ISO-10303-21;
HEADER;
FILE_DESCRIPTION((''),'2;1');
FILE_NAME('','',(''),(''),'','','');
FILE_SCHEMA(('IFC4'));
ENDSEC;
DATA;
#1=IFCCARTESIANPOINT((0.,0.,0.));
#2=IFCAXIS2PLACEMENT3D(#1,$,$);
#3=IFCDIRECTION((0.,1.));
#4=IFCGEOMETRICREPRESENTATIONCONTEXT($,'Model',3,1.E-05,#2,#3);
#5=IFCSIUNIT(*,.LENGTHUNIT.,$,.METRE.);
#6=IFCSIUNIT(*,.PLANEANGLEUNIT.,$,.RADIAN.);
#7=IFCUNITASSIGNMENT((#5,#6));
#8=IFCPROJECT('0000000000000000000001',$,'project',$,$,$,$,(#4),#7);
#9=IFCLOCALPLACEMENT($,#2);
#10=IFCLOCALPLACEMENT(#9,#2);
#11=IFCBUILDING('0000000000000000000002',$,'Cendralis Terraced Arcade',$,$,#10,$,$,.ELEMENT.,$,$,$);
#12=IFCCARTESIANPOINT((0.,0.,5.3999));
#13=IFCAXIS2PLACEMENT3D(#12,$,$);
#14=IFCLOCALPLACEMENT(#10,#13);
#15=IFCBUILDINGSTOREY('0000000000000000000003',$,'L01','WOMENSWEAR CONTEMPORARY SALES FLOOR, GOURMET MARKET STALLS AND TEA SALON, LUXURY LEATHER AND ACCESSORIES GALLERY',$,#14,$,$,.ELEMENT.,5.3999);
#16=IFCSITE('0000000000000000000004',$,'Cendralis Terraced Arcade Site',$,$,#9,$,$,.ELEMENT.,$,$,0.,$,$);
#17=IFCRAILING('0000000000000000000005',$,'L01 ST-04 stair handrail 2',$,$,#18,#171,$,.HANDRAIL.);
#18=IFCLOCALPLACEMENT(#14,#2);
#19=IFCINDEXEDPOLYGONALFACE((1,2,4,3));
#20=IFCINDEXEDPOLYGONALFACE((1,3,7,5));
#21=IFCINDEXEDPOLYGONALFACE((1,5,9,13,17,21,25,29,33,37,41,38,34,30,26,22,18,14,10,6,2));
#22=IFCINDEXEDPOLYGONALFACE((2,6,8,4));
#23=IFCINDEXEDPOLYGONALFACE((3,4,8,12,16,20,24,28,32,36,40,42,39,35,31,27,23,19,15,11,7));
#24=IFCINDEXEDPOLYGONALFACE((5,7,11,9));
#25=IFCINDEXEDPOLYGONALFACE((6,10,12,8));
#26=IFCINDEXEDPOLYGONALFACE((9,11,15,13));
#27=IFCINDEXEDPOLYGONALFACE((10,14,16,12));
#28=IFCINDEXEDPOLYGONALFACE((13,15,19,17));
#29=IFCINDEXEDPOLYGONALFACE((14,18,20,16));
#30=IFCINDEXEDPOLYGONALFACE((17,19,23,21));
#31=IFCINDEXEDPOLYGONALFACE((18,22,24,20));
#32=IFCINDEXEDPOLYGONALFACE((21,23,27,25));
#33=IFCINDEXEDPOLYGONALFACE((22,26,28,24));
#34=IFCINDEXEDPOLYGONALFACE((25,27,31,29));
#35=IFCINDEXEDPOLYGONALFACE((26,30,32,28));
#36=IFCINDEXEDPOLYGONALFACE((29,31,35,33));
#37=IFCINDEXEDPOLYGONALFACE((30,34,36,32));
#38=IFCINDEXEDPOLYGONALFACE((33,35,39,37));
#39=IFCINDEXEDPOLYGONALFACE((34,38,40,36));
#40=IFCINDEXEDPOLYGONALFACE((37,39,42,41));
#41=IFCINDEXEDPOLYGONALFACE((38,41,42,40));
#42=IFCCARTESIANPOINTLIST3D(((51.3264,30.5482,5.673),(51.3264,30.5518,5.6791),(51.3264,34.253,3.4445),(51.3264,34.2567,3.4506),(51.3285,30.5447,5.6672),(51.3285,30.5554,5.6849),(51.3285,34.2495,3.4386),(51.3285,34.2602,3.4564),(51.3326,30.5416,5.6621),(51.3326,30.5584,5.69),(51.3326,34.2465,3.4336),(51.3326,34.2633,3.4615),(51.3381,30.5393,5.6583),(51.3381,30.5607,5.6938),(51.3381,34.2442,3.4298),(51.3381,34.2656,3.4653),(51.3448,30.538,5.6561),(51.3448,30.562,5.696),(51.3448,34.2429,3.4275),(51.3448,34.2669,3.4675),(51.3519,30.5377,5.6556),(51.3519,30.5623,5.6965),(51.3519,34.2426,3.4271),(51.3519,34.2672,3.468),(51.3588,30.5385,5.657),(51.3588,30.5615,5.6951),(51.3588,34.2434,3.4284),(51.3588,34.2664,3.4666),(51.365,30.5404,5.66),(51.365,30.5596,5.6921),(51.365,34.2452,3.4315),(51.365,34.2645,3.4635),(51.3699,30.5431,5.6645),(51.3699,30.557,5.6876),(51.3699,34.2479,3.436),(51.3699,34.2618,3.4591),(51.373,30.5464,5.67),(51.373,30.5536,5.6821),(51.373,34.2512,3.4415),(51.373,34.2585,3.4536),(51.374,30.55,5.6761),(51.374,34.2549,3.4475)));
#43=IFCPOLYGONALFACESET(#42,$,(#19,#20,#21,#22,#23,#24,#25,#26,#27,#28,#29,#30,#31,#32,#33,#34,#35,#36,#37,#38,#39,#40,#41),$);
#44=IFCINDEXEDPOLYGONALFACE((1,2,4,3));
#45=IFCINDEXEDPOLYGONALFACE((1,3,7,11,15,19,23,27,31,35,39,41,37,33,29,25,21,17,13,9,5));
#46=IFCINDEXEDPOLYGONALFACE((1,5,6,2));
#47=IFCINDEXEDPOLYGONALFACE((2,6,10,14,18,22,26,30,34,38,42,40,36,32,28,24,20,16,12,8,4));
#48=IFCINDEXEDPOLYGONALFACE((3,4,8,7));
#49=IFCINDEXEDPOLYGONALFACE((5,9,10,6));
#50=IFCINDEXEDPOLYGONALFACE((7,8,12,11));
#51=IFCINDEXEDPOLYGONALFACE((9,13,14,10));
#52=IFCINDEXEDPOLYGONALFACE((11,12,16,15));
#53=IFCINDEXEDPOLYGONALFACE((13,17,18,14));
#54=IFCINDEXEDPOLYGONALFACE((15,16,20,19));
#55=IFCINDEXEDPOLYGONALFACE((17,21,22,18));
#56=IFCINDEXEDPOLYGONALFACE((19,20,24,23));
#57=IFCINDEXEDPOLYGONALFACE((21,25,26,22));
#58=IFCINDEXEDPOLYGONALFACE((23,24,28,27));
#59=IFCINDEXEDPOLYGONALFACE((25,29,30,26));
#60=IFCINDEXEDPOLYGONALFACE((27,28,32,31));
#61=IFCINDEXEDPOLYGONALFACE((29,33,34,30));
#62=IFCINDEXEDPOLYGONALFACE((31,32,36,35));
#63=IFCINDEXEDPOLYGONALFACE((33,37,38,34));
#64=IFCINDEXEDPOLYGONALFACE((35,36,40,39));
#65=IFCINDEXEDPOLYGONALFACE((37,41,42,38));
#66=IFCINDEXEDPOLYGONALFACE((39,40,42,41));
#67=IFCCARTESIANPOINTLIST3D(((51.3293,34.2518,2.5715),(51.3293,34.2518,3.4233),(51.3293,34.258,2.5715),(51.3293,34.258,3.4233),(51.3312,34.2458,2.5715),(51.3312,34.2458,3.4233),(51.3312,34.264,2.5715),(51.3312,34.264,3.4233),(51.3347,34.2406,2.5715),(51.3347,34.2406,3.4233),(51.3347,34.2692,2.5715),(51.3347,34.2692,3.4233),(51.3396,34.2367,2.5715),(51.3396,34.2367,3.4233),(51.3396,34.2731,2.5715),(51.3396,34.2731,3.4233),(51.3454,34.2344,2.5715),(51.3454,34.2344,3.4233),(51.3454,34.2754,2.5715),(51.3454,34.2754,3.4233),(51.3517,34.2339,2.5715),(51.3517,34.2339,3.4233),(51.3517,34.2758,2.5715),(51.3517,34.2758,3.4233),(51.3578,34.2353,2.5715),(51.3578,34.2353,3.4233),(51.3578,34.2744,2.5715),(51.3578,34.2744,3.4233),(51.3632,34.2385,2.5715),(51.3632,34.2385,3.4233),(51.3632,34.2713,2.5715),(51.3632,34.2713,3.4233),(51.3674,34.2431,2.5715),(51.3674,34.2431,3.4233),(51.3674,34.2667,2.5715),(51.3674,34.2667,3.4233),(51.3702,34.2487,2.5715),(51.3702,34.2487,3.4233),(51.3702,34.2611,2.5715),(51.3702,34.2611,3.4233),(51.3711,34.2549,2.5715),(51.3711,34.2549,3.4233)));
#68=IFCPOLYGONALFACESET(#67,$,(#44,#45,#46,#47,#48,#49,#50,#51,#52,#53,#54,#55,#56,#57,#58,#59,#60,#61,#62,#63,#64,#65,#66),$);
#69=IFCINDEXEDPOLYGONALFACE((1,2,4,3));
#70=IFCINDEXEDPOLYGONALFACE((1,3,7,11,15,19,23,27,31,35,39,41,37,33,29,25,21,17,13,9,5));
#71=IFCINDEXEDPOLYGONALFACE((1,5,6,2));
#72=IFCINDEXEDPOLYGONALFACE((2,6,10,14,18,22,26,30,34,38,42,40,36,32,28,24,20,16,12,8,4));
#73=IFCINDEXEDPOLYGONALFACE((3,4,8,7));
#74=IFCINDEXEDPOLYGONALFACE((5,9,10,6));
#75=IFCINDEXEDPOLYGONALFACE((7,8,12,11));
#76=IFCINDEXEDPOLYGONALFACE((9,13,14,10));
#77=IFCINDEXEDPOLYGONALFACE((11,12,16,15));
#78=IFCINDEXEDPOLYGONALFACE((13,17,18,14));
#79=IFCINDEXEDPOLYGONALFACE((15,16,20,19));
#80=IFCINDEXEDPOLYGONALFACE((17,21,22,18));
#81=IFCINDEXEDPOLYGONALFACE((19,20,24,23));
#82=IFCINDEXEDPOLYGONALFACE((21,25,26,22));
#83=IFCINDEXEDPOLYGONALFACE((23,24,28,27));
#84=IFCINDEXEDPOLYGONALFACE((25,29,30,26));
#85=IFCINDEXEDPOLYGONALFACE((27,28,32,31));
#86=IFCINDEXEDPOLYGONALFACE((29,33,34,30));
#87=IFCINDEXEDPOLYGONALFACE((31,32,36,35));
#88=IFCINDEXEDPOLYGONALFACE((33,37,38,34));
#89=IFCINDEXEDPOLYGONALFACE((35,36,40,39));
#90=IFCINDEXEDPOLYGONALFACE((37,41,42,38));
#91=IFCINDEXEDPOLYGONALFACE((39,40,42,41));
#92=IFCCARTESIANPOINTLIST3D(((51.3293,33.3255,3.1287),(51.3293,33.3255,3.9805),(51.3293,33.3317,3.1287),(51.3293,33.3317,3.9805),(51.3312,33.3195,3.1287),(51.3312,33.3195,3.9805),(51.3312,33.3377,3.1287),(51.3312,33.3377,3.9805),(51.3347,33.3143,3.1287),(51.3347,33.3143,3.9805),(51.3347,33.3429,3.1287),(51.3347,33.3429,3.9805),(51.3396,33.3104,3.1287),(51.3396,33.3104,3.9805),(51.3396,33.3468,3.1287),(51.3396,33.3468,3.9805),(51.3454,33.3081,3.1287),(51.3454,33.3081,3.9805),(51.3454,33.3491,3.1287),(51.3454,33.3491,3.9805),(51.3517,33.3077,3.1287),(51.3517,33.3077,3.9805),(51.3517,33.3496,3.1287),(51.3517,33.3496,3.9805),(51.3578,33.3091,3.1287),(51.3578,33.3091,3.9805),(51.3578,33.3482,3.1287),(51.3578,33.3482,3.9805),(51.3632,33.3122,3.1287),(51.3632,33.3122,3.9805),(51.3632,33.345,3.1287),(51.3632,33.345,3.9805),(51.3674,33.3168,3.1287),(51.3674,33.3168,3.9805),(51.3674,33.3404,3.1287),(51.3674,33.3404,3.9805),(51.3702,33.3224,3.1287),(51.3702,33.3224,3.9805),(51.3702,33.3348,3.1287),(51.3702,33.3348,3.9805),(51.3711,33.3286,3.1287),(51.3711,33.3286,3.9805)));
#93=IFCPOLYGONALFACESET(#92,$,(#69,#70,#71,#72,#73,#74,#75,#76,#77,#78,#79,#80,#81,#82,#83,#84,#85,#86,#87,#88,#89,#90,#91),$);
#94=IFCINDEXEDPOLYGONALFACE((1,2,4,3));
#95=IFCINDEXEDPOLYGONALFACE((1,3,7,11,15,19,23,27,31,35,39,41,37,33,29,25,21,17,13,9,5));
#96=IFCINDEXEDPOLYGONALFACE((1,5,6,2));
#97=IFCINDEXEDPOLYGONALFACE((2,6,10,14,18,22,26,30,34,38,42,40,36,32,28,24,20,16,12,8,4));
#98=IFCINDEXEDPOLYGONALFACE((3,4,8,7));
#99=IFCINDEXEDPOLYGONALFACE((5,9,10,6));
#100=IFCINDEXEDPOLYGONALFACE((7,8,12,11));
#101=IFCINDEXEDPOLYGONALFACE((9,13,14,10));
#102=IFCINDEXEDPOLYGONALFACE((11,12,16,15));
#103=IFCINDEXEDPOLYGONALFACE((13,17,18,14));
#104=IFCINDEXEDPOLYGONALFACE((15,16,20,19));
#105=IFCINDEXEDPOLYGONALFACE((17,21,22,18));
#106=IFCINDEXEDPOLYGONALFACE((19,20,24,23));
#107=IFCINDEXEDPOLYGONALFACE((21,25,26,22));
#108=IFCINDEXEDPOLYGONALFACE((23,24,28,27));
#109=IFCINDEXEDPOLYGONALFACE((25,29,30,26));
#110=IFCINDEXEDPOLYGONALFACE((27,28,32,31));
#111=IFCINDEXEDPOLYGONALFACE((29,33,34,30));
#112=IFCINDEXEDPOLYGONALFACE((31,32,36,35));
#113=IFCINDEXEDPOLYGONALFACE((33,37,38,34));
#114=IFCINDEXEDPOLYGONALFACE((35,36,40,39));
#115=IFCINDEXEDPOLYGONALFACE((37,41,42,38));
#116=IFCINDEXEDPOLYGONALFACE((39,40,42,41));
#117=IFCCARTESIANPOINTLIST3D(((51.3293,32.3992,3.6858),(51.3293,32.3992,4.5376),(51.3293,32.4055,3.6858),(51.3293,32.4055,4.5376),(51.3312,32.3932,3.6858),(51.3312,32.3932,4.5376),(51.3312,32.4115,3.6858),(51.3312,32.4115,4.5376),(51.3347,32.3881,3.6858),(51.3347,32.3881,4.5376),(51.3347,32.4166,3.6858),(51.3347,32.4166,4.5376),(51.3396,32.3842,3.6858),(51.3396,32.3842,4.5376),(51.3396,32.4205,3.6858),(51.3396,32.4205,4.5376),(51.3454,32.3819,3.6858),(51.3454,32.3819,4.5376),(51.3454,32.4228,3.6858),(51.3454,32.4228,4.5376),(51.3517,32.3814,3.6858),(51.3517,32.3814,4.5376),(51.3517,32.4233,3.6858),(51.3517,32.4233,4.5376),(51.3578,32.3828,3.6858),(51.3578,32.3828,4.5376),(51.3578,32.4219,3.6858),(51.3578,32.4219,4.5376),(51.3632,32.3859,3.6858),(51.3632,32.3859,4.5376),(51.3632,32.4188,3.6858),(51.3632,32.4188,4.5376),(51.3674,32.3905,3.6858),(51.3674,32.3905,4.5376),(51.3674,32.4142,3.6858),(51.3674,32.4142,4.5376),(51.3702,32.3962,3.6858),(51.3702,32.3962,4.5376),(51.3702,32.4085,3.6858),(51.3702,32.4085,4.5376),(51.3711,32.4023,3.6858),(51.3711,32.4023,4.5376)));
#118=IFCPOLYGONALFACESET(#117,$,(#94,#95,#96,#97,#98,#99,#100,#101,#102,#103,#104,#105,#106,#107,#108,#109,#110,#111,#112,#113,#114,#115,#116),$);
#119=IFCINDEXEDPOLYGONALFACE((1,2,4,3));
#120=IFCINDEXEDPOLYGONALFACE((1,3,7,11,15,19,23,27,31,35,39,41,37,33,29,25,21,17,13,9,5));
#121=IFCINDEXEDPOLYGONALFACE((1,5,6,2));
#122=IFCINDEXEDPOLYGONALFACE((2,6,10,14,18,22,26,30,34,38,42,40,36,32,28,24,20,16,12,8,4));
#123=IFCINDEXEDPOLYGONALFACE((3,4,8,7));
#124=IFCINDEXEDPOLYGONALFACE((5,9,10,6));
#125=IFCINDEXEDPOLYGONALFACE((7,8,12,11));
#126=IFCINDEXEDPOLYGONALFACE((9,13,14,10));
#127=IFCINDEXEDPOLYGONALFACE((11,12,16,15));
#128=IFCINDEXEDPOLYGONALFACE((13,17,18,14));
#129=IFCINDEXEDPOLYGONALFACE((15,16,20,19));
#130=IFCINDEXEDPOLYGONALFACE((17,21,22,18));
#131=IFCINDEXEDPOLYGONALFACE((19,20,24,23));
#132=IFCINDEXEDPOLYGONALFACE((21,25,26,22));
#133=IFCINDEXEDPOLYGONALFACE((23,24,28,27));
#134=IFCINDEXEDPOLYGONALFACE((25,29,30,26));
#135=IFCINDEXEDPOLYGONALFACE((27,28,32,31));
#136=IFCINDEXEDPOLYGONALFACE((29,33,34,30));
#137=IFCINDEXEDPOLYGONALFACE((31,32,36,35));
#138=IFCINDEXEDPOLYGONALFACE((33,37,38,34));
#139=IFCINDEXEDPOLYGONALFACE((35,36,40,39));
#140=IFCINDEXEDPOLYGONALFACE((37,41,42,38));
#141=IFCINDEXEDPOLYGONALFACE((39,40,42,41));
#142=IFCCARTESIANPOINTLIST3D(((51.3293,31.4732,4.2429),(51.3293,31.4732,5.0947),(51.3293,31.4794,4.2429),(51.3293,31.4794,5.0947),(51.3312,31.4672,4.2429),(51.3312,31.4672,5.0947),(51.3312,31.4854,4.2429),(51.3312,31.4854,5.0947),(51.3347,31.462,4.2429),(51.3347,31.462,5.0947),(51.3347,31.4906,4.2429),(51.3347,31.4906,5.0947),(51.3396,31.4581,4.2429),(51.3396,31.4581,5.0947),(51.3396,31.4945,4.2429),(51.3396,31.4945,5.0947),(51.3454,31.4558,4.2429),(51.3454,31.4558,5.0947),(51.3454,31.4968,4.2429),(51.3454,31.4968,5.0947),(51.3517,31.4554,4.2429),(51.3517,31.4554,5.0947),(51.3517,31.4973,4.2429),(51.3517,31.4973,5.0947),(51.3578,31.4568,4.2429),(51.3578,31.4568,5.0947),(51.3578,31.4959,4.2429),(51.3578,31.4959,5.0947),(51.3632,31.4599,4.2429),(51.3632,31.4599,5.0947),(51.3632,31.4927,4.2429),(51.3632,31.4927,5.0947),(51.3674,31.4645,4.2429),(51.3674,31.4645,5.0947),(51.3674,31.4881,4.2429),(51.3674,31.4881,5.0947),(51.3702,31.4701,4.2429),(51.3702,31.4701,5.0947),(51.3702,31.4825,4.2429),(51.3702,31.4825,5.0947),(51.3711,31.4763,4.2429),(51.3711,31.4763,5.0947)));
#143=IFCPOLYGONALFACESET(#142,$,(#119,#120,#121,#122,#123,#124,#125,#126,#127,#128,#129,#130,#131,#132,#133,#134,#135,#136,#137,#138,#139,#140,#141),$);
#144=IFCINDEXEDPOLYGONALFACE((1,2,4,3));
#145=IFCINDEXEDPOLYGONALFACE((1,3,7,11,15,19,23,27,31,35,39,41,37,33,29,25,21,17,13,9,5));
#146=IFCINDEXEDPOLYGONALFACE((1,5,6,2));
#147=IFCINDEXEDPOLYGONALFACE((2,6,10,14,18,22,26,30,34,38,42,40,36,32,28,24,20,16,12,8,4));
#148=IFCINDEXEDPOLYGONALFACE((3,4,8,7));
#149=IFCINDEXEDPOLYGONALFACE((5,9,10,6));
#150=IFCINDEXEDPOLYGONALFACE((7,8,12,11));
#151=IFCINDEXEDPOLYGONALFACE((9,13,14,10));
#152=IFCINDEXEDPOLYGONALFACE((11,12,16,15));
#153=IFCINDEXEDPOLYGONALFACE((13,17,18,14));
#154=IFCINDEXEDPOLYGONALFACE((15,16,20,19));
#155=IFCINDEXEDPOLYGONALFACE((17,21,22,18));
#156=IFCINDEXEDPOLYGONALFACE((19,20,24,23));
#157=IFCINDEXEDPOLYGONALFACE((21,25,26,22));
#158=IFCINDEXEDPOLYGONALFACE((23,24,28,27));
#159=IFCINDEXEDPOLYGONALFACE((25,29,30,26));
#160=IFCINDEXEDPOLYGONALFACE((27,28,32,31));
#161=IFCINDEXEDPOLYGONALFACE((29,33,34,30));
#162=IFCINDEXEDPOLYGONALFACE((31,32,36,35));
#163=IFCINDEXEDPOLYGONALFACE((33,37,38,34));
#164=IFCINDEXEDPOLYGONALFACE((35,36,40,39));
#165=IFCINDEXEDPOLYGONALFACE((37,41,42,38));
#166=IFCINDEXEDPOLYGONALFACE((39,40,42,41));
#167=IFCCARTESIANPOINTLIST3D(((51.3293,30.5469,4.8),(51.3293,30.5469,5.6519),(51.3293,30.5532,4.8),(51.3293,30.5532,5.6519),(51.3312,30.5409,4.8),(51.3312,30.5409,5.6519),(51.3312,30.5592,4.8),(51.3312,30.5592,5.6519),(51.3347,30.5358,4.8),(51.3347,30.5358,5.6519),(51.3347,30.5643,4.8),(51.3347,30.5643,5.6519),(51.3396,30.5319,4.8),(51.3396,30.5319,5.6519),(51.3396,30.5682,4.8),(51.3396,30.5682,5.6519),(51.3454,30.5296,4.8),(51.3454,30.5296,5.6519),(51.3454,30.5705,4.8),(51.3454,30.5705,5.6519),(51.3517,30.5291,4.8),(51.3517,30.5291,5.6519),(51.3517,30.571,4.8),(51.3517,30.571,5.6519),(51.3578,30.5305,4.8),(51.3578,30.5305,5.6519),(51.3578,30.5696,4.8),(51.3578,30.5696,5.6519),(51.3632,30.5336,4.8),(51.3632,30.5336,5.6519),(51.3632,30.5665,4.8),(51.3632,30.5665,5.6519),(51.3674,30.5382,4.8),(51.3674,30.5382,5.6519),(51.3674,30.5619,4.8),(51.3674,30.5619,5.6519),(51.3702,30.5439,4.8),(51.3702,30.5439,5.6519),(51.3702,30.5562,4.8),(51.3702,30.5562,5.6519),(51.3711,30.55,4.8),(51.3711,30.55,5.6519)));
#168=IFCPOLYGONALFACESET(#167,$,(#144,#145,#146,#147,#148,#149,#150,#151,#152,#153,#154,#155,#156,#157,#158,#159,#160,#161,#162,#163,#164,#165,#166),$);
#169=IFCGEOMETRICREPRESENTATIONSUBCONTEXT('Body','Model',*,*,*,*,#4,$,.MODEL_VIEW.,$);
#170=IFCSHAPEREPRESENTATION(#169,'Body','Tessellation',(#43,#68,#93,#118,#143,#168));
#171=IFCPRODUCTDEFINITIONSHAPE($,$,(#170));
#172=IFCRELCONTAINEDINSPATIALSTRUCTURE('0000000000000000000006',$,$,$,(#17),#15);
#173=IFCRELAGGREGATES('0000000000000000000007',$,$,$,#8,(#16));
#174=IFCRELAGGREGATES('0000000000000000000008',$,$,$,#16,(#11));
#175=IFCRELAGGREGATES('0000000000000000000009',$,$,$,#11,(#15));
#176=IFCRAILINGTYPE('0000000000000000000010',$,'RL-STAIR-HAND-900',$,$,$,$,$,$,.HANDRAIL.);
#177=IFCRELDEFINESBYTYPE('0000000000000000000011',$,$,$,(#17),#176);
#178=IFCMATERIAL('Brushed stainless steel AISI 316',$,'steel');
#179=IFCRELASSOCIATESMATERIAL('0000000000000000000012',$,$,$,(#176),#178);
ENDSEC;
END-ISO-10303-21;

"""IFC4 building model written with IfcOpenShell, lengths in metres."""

from ifc_helpers import new_model, si_unit, direction, frame, origin, origin_2d, place, context, subcontext, project, spatial, circle, extrude, material, type_object, element, save


model = new_model("IFC4")

# Units and contexts
model_context = context("Model", 3, precision=1e-05, world=origin(), true_north=direction((0.0, 1.0)))
body_context = subcontext(model_context, "Body", "Model", "MODEL_VIEW")
ifc_project = project(units=[si_unit("LENGTHUNIT", "METRE"), si_unit("PLANEANGLEUNIT", "RADIAN")], contexts=[model_context])

# Site, building, storey
site_placement = place(None, origin())
site = spatial("IfcSite", under=ifc_project, at=site_placement, Name="Cendralis Terraced Arcade Site", CompositionType="ELEMENT", RefElevation=0.0)
building_placement = place(site_placement, origin())
building = spatial("IfcBuilding", under=site, at=building_placement, Name="Cendralis Terraced Arcade", CompositionType="ELEMENT")
storey_placement = place(building_placement, frame((0.0, 0.0, 5.3999)))
storey = spatial("IfcBuildingStorey", under=building, at=storey_placement, Name="L01", Description="WOMENSWEAR CONTEMPORARY SALES FLOOR, GOURMET MARKET STALLS AND TEA SALON, LUXURY LEATHER AND ACCESSORIES GALLERY", CompositionType="ELEMENT", Elevation=5.3999)

# Railing
ifc_material_1 = material(Name="Brushed stainless steel AISI 316", Category="steel")
railing_type_1 = type_object("IfcRailingType", Name="RL-STAIR-HAND-900", PredefinedType="HANDRAIL", material=ifc_material_1)
railing_1_placement = place(storey_placement, frame((51.3501, 34.2549, 2.5715)))
element("IfcRailing", 1, at=railing_1_placement, inside=storey, type_object=railing_type_1, Name="L01 ST-04 stair handrail 2", PredefinedType="HANDRAIL", context=body_context, shape_type="SweptSolid", body=[
    extrude(circle(Radius=0.0239, at=origin_2d()), frame((0.0, 0.0, 0.876), z_axis=(0.0, -0.856919, 0.51545), x_axis=(1.0, 0.0, 0.0)), (0.0, 0.0, 1.0), 4.3235),
    extrude(circle(Radius=0.021, at=origin_2d()), origin(), (0.0, 0.0, 1.0), 0.8518),
    extrude(circle(Radius=0.021, at=origin_2d()), frame((0.0, -0.9263, 0.5571)), (0.0, 0.0, 1.0), 0.8518),
    extrude(circle(Radius=0.021, at=origin_2d()), frame((0.0, -1.8525, 1.1143)), (0.0, 0.0, 1.0), 0.8518),
    extrude(circle(Radius=0.021, at=origin_2d()), frame((0.0, -2.7786, 1.6714)), (0.0, 0.0, 1.0), 0.8518),
    extrude(circle(Radius=0.021, at=origin_2d()), frame((0.0, -3.7048, 2.2285)), (0.0, 0.0, 1.0), 0.8518),
])

save(model, "model.ifc")
